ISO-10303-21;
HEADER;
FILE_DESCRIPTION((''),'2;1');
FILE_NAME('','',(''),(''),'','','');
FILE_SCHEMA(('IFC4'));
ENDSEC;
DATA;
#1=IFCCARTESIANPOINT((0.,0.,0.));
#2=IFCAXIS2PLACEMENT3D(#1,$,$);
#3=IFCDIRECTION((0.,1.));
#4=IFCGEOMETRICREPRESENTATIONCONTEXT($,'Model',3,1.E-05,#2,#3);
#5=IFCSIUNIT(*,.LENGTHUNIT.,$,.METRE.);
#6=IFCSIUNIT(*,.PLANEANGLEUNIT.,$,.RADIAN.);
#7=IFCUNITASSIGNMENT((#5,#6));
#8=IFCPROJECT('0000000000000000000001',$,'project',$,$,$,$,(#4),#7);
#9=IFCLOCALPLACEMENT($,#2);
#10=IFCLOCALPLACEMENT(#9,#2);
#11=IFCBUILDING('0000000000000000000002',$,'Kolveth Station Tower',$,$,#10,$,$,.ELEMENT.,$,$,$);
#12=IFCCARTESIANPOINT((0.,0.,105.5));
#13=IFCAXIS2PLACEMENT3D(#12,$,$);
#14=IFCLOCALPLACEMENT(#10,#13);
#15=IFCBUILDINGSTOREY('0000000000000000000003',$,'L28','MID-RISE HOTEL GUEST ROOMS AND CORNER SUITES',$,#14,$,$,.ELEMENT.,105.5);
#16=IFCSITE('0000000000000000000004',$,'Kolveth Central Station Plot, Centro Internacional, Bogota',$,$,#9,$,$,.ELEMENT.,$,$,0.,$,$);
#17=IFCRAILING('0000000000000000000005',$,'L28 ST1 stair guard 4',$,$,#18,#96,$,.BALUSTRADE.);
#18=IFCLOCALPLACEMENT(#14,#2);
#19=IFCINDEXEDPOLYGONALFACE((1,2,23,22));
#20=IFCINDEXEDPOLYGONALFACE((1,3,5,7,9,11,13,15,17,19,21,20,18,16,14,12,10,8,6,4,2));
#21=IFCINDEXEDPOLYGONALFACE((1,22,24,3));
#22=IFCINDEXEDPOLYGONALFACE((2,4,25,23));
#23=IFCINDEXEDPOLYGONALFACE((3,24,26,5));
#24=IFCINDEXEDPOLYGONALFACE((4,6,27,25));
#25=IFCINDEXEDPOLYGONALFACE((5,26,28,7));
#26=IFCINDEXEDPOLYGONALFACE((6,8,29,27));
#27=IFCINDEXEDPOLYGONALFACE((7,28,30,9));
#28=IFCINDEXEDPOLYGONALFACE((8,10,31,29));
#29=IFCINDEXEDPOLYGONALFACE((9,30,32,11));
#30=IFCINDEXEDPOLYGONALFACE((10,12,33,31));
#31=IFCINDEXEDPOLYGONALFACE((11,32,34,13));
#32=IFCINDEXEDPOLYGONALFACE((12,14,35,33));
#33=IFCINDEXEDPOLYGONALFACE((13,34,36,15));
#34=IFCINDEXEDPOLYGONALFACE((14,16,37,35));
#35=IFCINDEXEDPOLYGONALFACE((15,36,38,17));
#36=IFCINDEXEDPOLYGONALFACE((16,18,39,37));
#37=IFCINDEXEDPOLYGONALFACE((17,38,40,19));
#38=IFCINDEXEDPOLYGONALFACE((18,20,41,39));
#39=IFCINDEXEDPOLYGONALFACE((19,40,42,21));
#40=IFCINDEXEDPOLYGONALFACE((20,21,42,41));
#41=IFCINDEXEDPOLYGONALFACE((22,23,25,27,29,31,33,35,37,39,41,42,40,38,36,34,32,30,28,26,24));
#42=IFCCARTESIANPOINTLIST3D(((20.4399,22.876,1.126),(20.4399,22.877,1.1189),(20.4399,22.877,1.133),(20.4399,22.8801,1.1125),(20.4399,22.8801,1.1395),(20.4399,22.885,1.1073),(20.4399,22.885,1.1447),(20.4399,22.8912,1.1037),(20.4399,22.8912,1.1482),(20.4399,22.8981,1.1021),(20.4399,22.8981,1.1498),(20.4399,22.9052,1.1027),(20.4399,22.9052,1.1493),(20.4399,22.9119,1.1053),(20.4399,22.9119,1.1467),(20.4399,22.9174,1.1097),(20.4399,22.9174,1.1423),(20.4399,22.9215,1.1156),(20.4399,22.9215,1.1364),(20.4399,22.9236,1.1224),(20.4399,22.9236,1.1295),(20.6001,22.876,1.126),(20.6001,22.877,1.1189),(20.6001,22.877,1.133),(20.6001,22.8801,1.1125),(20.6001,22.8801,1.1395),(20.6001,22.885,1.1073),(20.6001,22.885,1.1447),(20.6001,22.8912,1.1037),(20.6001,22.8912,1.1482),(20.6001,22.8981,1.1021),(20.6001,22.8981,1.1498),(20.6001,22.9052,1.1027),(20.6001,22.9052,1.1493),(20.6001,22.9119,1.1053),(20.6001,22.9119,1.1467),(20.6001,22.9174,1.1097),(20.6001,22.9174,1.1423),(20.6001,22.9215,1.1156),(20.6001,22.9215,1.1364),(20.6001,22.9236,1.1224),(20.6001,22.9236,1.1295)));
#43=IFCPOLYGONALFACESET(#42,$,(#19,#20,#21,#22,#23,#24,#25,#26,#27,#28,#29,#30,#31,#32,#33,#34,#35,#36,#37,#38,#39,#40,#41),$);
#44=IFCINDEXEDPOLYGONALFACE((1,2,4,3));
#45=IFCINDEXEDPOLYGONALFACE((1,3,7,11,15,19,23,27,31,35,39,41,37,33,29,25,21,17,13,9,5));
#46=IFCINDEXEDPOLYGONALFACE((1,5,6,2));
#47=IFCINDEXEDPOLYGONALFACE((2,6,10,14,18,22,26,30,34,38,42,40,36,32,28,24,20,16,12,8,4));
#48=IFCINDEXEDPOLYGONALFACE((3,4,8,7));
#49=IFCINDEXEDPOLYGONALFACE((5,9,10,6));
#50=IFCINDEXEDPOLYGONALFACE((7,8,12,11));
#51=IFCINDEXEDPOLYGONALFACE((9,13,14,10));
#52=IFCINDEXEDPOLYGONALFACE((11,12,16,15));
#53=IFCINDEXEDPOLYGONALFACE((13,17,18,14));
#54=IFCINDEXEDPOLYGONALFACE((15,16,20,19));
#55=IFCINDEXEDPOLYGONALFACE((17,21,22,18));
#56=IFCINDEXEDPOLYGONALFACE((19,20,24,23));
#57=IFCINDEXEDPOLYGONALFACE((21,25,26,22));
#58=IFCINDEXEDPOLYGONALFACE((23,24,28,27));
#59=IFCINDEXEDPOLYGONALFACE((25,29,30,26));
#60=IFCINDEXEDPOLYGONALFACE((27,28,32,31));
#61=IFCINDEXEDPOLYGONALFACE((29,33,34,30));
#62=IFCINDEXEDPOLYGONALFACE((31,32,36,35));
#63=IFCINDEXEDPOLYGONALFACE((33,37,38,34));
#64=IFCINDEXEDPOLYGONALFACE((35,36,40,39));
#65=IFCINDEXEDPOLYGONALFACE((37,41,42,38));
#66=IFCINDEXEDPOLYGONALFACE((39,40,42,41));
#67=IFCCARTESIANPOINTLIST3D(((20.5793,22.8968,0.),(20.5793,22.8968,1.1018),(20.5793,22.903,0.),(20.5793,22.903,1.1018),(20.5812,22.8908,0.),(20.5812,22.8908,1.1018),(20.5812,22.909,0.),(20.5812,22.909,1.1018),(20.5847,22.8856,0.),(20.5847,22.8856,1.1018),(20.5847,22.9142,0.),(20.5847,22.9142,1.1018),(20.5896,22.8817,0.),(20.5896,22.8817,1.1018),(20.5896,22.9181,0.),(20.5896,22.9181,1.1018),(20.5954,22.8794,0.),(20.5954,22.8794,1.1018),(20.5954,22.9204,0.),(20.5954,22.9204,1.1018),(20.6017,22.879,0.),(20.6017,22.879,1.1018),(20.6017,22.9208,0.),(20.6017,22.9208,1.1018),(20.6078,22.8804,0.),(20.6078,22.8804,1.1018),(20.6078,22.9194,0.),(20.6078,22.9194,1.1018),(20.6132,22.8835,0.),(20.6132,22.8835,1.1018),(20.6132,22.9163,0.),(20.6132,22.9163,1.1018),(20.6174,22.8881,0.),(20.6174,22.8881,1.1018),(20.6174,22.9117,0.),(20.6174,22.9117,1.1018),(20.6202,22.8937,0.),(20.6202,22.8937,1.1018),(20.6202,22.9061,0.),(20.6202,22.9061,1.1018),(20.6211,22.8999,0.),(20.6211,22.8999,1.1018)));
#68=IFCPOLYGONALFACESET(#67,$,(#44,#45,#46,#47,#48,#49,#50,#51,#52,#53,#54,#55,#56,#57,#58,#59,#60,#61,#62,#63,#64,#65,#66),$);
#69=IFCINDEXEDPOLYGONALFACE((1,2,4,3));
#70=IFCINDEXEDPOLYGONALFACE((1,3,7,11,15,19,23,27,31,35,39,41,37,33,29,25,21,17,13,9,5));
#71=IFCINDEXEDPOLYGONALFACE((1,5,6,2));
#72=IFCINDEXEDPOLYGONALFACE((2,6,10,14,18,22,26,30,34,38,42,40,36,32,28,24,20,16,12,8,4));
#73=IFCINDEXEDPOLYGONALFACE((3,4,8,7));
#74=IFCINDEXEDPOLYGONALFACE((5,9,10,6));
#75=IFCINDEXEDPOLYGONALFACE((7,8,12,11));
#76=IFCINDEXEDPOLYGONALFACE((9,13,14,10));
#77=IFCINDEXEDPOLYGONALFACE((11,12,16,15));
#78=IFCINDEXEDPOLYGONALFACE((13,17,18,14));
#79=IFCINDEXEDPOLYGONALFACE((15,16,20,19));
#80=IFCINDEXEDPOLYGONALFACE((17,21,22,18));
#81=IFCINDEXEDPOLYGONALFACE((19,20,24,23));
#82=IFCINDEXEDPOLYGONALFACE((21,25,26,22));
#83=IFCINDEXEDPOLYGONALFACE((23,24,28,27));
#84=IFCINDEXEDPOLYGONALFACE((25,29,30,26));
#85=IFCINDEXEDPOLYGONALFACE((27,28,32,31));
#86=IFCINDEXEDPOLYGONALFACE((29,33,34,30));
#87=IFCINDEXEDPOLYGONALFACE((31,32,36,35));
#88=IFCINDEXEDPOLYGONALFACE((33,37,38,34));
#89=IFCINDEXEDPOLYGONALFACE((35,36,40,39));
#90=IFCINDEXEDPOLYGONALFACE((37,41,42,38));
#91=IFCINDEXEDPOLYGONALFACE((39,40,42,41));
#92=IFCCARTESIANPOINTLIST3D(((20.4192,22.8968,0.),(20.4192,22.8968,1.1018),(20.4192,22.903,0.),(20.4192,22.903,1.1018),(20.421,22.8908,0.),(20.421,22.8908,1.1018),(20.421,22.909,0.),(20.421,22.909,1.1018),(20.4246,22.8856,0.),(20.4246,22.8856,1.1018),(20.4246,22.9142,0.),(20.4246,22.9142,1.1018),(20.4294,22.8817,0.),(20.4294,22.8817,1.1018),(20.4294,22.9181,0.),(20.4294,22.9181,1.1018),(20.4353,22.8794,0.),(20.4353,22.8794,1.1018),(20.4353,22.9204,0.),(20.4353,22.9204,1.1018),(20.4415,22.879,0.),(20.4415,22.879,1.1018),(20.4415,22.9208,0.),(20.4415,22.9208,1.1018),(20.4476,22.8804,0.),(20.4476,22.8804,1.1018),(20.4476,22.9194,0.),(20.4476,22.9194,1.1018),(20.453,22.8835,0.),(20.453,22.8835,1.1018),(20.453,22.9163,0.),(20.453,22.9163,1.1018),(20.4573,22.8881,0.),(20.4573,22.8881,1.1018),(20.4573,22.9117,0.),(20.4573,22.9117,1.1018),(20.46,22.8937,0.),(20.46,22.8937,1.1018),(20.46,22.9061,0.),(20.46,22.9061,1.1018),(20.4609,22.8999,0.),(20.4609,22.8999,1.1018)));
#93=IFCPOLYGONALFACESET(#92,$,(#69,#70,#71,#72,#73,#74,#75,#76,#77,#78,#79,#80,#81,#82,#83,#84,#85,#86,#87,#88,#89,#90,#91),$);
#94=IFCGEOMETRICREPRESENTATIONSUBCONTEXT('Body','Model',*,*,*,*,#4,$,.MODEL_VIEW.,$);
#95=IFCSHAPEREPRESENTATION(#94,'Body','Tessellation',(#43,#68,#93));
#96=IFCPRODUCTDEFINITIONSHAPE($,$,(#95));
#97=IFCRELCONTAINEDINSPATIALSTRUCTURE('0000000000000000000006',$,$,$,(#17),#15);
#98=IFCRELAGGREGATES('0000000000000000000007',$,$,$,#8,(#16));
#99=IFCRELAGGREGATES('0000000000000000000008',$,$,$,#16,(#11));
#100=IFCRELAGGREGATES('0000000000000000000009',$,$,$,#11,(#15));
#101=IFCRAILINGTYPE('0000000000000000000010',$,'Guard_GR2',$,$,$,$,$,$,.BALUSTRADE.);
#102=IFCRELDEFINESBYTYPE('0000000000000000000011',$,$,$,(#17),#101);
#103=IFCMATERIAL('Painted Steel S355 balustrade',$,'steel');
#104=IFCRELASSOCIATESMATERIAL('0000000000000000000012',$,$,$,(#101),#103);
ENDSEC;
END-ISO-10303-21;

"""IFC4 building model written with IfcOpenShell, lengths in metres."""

from ifc_helpers import new_model, si_unit, direction, frame, origin, origin_2d, place, context, subcontext, project, spatial, circle, extrude, material, type_object, element, save


model = new_model("IFC4")

# Units and contexts
model_context = context("Model", 3, precision=1e-05, world=origin(), true_north=direction((0.0, 1.0)))
body_context = subcontext(model_context, "Body", "Model", "MODEL_VIEW")
ifc_project = project(units=[si_unit("LENGTHUNIT", "METRE"), si_unit("PLANEANGLEUNIT", "RADIAN")], contexts=[model_context])

# Site, building, storey
site_placement = place(None, origin())
site = spatial("IfcSite", under=ifc_project, at=site_placement, Name="Kolveth Central Station Plot, Centro Internacional, Bogota", CompositionType="ELEMENT", RefElevation=0.0)
building_placement = place(site_placement, origin())
building = spatial("IfcBuilding", under=site, at=building_placement, Name="Kolveth Station Tower", CompositionType="ELEMENT")
storey_placement = place(building_placement, frame((0.0, 0.0, 105.5)))
storey = spatial("IfcBuildingStorey", under=building, at=storey_placement, Name="L28", Description="MID-RISE HOTEL GUEST ROOMS AND CORNER SUITES", CompositionType="ELEMENT", Elevation=105.5)

# Railing
ifc_material_1 = material(Name="Painted Steel S355 balustrade", Category="steel")
railing_type_1 = type_object("IfcRailingType", Name="Guard_GR2", PredefinedType="BALUSTRADE", material=ifc_material_1)
railing_1_placement = place(storey_placement, frame((20.6001, 22.8999, 0.0)))
element("IfcRailing", 1, at=railing_1_placement, inside=storey, type_object=railing_type_1, Name="L28 ST1 stair guard 4", PredefinedType="BALUSTRADE", context=body_context, shape_type="SweptSolid", body=[
    extrude(circle(Radius=0.0239, at=origin_2d()), frame((0.0, 0.0, 1.126), z_axis=(-1.0, 0.0, 0.0), x_axis=(0.0, -1.0, 0.0)), (0.0, 0.0, 1.0), 0.1602),
    extrude(circle(Radius=0.021, at=origin_2d()), origin(), (0.0, 0.0, 1.0), 1.1018),
    extrude(circle(Radius=0.021, at=origin_2d()), frame((-0.1602, 0.0, 0.0)), (0.0, 0.0, 1.0), 1.1018),
])

save(model, "model.ifc")
